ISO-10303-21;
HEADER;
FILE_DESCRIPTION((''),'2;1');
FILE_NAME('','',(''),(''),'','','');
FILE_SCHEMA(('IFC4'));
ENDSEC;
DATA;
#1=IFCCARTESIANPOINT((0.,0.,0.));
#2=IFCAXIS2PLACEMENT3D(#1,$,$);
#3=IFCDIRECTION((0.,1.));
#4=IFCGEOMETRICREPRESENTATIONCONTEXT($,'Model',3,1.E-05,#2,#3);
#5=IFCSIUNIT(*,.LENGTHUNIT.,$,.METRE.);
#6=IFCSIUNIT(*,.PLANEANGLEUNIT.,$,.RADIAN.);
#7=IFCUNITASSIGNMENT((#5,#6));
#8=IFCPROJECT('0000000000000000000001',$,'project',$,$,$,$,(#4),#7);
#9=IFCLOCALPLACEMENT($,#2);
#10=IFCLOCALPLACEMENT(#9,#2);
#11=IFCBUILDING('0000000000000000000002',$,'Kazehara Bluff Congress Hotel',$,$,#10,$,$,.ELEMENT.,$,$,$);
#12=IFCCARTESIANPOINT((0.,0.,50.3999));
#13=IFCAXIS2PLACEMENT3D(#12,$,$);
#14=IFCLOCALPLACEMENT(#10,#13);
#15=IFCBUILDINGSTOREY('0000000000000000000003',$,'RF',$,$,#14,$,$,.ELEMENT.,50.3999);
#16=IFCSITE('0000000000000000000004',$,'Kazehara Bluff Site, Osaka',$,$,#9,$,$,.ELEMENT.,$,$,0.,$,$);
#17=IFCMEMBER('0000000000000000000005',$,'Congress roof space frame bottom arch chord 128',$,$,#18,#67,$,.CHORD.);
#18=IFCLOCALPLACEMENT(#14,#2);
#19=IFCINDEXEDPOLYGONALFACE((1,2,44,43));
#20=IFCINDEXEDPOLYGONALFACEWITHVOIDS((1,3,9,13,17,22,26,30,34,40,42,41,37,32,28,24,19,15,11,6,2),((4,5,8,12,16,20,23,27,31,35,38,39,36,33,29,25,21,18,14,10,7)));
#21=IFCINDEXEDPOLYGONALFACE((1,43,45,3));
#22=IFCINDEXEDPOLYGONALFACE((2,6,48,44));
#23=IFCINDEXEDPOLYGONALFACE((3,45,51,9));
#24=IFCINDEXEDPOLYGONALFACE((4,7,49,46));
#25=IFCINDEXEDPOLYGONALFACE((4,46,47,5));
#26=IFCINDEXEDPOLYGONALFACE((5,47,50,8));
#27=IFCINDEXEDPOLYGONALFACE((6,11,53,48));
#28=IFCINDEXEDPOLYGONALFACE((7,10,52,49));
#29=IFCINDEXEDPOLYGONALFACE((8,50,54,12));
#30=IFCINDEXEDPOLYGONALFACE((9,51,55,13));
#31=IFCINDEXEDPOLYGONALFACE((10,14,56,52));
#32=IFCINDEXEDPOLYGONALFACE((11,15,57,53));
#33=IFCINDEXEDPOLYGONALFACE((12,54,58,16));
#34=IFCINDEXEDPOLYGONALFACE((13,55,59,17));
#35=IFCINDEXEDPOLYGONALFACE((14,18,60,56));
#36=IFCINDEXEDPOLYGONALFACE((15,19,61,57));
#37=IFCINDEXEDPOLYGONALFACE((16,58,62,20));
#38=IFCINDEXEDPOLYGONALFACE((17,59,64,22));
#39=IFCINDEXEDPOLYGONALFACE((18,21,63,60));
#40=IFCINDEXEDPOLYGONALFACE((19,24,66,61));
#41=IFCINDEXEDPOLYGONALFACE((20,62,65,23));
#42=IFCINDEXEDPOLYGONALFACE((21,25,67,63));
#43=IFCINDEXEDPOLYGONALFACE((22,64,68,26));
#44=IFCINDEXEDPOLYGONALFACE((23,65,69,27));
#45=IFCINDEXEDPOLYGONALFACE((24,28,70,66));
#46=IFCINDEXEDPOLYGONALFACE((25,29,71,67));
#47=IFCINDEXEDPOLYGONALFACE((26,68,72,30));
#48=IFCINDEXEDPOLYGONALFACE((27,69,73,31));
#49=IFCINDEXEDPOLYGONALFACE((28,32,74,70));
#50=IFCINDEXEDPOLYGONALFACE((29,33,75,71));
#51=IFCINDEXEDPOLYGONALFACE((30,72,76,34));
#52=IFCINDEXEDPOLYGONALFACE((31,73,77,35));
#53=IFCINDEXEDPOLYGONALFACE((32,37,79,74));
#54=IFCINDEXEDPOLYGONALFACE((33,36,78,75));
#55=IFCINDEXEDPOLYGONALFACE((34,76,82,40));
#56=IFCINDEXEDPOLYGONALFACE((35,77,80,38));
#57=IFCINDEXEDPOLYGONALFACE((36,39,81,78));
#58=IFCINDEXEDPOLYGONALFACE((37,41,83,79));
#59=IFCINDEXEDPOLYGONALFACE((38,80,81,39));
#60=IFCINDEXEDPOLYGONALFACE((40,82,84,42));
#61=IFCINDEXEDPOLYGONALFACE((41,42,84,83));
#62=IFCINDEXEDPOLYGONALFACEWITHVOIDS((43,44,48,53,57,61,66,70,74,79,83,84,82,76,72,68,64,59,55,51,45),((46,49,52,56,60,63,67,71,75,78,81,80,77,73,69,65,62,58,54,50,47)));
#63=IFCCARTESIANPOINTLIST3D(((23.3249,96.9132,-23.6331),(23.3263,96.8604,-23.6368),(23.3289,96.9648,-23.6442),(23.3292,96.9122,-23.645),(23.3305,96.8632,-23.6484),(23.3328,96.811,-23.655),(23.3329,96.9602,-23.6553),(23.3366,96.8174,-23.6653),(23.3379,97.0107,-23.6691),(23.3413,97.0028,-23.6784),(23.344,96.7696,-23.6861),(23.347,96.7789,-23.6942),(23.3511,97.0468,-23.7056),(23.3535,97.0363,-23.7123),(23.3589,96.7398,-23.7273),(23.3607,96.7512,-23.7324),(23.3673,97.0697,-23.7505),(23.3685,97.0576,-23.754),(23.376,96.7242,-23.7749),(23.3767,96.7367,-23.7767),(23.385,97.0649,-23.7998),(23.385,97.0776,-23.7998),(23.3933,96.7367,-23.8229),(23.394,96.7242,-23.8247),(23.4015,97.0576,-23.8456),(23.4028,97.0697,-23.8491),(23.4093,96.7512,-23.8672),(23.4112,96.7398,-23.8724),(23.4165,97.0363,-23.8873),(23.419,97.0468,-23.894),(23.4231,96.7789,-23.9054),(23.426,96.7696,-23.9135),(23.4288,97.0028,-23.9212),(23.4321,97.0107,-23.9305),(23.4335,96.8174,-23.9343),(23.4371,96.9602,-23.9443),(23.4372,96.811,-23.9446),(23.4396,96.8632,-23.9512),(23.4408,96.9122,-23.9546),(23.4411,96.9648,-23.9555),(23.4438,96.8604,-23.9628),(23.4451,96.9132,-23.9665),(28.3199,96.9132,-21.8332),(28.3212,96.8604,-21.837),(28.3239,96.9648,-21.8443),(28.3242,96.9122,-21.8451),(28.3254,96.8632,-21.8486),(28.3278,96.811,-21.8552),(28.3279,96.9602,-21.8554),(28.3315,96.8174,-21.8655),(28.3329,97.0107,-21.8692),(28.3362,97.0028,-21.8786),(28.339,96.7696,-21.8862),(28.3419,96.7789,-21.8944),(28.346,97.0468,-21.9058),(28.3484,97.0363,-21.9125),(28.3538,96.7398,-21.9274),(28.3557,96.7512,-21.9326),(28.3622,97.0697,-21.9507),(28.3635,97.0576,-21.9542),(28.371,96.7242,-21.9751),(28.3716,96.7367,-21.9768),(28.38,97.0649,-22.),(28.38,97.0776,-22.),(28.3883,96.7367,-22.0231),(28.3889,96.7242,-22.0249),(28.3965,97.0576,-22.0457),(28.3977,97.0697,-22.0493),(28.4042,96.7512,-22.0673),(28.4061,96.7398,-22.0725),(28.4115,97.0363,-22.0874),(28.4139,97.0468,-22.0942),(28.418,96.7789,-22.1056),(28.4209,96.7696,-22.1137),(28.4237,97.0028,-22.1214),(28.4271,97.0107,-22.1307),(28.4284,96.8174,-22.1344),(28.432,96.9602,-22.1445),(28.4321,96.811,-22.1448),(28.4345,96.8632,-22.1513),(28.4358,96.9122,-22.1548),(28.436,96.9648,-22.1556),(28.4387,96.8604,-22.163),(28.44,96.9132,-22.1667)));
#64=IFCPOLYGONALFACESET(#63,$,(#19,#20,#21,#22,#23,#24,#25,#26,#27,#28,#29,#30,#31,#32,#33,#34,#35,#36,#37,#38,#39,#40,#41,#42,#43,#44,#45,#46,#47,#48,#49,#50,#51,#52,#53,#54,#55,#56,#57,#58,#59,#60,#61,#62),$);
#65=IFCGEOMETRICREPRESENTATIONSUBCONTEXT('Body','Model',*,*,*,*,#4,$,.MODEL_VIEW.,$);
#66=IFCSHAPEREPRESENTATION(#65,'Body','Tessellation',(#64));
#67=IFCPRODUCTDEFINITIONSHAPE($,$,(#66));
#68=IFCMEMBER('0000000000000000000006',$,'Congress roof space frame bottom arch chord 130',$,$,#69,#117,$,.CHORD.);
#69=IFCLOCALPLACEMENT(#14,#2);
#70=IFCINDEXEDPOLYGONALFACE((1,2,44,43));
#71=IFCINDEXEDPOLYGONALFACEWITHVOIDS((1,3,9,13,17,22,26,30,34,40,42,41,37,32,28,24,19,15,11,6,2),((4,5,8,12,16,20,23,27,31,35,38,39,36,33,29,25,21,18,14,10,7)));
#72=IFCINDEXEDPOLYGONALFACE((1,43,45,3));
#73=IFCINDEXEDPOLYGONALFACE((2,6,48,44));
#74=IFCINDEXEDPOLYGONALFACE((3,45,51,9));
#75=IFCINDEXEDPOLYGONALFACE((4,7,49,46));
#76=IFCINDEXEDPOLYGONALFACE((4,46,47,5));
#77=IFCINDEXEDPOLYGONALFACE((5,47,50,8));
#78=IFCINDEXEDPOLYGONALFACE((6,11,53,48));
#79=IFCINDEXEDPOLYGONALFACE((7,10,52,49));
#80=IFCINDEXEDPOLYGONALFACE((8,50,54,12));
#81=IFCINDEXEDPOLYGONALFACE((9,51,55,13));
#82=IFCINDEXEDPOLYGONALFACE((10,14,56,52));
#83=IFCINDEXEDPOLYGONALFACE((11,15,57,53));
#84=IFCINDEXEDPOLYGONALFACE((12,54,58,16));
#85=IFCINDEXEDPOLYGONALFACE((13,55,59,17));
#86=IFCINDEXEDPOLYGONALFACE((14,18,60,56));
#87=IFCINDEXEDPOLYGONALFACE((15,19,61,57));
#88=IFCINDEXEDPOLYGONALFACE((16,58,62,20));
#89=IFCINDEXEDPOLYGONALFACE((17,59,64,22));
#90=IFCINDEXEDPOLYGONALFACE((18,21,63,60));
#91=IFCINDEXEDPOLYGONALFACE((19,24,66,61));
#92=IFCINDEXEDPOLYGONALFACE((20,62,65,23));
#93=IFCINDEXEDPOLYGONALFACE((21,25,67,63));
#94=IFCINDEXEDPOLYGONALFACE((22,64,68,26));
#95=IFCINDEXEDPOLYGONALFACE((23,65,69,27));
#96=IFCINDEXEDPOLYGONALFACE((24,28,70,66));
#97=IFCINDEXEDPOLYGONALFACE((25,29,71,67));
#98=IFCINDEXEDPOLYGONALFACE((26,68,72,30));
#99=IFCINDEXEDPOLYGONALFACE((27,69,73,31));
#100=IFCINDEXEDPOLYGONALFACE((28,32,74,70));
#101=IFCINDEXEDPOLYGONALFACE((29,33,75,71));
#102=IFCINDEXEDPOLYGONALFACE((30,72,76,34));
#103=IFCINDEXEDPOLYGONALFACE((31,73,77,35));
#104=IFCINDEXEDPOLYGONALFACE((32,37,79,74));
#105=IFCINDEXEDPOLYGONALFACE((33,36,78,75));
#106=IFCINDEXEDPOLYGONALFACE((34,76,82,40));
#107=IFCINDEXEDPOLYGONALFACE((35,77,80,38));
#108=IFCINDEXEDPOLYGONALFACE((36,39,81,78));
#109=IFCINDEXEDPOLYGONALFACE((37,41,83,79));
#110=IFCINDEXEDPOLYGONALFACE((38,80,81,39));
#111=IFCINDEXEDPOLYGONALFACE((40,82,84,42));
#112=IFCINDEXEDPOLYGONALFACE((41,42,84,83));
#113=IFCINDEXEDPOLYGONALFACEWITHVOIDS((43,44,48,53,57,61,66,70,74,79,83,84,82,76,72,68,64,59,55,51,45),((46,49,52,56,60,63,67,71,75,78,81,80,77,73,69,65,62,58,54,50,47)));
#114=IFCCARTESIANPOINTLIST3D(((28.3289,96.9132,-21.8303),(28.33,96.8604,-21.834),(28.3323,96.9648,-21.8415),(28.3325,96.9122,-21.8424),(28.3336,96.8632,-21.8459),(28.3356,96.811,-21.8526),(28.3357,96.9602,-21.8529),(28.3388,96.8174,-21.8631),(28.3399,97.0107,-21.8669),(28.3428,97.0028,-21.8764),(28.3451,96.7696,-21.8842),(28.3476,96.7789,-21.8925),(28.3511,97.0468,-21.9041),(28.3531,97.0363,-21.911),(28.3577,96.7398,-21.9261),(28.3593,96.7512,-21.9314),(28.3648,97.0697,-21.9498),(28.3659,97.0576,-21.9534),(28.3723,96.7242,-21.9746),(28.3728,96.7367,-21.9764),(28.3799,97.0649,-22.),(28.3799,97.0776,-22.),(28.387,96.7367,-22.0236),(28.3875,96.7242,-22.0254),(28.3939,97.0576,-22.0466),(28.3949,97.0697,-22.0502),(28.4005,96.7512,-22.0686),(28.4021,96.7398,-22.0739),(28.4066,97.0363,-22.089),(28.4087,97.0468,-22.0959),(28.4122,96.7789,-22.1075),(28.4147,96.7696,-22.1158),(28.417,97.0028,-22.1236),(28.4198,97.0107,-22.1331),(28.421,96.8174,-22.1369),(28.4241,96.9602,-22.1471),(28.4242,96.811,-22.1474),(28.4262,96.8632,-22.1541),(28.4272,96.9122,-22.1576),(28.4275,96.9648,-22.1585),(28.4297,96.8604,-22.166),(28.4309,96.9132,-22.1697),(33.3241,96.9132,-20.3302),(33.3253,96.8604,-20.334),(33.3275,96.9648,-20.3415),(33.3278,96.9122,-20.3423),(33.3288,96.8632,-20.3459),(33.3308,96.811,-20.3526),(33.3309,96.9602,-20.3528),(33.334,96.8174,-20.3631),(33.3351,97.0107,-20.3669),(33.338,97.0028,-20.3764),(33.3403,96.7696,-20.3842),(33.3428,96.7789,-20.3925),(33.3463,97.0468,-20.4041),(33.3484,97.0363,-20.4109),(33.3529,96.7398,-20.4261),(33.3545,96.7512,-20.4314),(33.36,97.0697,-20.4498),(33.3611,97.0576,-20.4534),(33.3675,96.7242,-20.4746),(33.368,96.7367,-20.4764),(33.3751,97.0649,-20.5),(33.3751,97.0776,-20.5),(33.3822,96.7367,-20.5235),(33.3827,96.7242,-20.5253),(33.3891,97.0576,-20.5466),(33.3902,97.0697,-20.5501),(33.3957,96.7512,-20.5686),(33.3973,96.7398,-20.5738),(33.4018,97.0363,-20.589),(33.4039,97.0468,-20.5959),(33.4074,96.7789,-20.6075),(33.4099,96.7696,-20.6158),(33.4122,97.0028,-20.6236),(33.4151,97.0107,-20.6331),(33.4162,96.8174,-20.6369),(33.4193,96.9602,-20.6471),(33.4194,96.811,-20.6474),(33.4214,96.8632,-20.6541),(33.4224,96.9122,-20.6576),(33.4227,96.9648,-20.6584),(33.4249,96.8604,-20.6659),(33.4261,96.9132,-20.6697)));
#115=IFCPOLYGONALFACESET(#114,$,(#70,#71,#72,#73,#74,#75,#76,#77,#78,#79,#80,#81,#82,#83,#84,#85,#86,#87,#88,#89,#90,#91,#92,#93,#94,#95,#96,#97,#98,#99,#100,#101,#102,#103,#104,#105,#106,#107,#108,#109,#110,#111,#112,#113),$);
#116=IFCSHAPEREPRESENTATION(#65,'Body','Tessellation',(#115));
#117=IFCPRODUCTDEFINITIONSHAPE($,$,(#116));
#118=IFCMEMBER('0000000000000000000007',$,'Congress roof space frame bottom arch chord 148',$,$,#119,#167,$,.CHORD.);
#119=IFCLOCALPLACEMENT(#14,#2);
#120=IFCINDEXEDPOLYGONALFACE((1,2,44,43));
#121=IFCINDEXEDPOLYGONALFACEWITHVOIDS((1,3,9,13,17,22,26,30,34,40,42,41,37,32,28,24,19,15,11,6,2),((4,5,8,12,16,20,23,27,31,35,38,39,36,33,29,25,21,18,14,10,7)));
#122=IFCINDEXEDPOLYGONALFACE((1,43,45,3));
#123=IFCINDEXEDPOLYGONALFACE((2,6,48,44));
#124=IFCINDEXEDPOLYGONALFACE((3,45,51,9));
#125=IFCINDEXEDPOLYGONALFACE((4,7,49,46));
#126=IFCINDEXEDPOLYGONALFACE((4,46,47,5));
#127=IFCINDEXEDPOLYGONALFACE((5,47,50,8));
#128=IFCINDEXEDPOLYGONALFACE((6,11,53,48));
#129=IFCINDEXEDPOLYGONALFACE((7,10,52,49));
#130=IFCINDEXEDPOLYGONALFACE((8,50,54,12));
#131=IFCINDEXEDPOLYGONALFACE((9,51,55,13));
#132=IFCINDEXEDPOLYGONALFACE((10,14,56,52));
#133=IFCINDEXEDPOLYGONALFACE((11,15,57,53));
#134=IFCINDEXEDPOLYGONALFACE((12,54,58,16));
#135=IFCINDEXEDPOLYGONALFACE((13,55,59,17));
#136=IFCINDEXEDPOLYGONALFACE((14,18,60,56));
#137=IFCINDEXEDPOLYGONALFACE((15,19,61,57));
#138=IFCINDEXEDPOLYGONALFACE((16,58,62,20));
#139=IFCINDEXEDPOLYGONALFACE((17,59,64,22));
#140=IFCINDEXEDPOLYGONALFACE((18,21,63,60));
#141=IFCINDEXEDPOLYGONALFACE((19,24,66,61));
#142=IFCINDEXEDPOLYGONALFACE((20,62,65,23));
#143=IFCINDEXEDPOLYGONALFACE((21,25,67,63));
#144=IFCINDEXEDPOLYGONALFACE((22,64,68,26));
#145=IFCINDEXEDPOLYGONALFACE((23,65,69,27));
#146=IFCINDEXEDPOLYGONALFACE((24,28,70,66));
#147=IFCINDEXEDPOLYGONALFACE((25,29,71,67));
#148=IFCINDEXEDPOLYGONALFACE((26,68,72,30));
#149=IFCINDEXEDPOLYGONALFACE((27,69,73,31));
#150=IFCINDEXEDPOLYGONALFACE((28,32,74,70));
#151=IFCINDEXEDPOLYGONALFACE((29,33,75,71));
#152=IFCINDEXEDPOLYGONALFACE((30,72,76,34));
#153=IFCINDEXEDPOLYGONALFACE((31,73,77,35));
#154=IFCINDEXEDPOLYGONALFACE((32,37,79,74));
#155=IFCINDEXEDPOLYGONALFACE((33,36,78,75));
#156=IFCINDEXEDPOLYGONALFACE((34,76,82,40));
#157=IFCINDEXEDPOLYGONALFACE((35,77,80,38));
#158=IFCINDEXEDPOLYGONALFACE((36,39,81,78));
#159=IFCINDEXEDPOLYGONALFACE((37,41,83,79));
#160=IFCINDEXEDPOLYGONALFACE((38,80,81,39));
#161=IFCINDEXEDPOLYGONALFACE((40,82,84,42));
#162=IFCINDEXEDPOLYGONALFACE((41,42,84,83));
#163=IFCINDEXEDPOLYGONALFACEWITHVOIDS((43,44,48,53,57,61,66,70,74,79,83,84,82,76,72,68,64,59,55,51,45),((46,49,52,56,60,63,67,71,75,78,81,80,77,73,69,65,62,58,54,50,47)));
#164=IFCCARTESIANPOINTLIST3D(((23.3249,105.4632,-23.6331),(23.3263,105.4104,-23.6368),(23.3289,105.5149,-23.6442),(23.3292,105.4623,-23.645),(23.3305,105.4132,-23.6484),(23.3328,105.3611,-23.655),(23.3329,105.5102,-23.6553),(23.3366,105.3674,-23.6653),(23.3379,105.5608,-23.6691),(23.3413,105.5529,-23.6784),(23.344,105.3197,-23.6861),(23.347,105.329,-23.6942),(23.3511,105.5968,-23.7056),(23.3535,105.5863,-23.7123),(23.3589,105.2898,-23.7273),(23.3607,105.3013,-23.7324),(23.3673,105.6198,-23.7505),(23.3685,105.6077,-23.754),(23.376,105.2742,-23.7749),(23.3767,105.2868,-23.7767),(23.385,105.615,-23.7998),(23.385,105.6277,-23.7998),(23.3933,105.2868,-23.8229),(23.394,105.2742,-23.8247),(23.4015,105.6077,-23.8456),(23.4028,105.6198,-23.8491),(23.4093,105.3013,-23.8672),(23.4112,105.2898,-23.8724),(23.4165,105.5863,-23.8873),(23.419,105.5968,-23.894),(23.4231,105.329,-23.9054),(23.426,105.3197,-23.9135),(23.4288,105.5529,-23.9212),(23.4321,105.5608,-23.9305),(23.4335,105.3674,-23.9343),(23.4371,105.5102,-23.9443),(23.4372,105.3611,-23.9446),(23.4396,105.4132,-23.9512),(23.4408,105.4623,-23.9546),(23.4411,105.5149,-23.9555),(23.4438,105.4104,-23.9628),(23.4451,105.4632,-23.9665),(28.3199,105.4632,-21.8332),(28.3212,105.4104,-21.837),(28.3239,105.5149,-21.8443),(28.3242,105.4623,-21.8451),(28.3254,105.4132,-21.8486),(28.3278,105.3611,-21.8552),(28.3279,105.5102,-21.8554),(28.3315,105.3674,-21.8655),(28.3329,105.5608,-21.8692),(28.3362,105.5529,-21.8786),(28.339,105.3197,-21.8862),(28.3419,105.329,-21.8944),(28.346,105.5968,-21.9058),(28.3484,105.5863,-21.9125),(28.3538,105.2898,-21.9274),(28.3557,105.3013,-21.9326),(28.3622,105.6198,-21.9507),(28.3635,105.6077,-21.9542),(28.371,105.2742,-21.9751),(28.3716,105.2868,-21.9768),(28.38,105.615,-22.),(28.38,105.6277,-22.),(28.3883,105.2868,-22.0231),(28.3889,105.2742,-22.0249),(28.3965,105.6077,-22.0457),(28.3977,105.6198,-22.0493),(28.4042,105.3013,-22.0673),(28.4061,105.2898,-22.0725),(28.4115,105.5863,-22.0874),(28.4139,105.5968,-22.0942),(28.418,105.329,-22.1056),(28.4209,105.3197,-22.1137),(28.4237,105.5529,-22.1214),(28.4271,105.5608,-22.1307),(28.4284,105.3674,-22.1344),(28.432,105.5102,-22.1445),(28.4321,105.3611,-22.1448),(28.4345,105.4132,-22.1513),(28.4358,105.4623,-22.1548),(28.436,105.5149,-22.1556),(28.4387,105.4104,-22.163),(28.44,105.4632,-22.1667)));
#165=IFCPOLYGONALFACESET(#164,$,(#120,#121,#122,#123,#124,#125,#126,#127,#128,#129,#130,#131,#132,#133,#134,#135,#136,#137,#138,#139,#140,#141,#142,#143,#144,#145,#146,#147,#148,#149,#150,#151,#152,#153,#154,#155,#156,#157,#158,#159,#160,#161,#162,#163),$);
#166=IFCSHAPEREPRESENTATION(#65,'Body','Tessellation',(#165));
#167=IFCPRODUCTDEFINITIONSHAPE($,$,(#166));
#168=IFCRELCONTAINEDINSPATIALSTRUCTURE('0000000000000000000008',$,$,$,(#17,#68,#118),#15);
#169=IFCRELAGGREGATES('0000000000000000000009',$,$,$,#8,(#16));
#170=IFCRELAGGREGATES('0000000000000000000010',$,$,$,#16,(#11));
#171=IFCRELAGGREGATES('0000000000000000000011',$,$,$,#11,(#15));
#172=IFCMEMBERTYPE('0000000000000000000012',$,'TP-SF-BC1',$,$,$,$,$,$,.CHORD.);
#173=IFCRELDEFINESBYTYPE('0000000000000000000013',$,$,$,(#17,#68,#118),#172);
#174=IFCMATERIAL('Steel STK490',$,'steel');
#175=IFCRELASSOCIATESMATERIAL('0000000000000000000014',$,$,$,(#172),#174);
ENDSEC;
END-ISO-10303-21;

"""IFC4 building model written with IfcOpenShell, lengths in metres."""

from ifc_helpers import new_model, si_unit, direction, frame, origin, origin_2d, place, context, subcontext, project, spatial, hollow_circle, extrude, material, material_profile, profile_set, type_object, element, save


model = new_model("IFC4")

# Units and contexts
model_context = context("Model", 3, precision=1e-05, world=origin(), true_north=direction((0.0, 1.0)))
body_context = subcontext(model_context, "Body", "Model", "MODEL_VIEW")
ifc_project = project(units=[si_unit("LENGTHUNIT", "METRE"), si_unit("PLANEANGLEUNIT", "RADIAN")], contexts=[model_context])

# Site, building, storey
site_placement = place(None, origin())
site = spatial("IfcSite", under=ifc_project, at=site_placement, Name="Kazehara Bluff Site, Osaka", CompositionType="ELEMENT", RefElevation=0.0)
building_placement = place(site_placement, origin())
building = spatial("IfcBuilding", under=site, at=building_placement, Name="Kazehara Bluff Congress Hotel", CompositionType="ELEMENT")
storey_placement = place(building_placement, frame((0.0, 0.0, 50.3999)))
storey = spatial("IfcBuildingStorey", under=building, at=storey_placement, Name="RF", CompositionType="ELEMENT", Elevation=50.3999)

# Members
ifc_material_1 = material(Name="Steel STK490", Category="steel")
ifc_material_profile_1 = material_profile(ifc_material_1, hollow_circle(Radius=0.1777, WallThickness=0.0127, at=origin_2d()))
ifc_profile_set_1 = profile_set([ifc_material_profile_1], Name="Steel STK490")
member_type_1 = type_object("IfcMemberType", Name="TP-SF-BC1", PredefinedType="CHORD", material=ifc_profile_set_1)
member_1_placement = place(storey_placement, frame((23.385, 96.8999, -23.7998), z_axis=(0.940788, 0.0, 0.338995), x_axis=(0.0, 1.0, 0.0)))
element("IfcMember", 1, at=member_1_placement, inside=storey, type_object=member_type_1, Name="Congress roof space frame bottom arch chord 128", PredefinedType="CHORD", context=body_context, shape_type="SweptSolid", body=[
    extrude(hollow_circle(Radius=0.1777, WallThickness=0.0127, at=origin_2d()), origin(), (0.0, 0.0, 1.0), 5.3093),
])
member_2_placement = place(storey_placement, frame((28.3799, 96.8999, -22.0), z_axis=(0.957749, 0.0, 0.287606), x_axis=(0.0, 1.0, 0.0)))
element("IfcMember", 2, at=member_2_placement, inside=storey, type_object=member_type_1, Name="Congress roof space frame bottom arch chord 130", PredefinedType="CHORD", context=body_context, shape_type="SweptSolid", body=[
    extrude(hollow_circle(Radius=0.1777, WallThickness=0.0127, at=origin_2d()), origin(), (0.0, 0.0, 1.0), 5.2156),
])
member_3_placement = place(storey_placement, frame((23.385, 105.45, -23.7998), z_axis=(0.940788, 0.0, 0.338995), x_axis=(0.0, 1.0, 0.0)))
element("IfcMember", 3, at=member_3_placement, inside=storey, type_object=member_type_1, Name="Congress roof space frame bottom arch chord 148", PredefinedType="CHORD", context=body_context, shape_type="SweptSolid", body=[
    extrude(hollow_circle(Radius=0.1777, WallThickness=0.0127, at=origin_2d()), origin(), (0.0, 0.0, 1.0), 5.3093),
])

save(model, "model.ifc")
